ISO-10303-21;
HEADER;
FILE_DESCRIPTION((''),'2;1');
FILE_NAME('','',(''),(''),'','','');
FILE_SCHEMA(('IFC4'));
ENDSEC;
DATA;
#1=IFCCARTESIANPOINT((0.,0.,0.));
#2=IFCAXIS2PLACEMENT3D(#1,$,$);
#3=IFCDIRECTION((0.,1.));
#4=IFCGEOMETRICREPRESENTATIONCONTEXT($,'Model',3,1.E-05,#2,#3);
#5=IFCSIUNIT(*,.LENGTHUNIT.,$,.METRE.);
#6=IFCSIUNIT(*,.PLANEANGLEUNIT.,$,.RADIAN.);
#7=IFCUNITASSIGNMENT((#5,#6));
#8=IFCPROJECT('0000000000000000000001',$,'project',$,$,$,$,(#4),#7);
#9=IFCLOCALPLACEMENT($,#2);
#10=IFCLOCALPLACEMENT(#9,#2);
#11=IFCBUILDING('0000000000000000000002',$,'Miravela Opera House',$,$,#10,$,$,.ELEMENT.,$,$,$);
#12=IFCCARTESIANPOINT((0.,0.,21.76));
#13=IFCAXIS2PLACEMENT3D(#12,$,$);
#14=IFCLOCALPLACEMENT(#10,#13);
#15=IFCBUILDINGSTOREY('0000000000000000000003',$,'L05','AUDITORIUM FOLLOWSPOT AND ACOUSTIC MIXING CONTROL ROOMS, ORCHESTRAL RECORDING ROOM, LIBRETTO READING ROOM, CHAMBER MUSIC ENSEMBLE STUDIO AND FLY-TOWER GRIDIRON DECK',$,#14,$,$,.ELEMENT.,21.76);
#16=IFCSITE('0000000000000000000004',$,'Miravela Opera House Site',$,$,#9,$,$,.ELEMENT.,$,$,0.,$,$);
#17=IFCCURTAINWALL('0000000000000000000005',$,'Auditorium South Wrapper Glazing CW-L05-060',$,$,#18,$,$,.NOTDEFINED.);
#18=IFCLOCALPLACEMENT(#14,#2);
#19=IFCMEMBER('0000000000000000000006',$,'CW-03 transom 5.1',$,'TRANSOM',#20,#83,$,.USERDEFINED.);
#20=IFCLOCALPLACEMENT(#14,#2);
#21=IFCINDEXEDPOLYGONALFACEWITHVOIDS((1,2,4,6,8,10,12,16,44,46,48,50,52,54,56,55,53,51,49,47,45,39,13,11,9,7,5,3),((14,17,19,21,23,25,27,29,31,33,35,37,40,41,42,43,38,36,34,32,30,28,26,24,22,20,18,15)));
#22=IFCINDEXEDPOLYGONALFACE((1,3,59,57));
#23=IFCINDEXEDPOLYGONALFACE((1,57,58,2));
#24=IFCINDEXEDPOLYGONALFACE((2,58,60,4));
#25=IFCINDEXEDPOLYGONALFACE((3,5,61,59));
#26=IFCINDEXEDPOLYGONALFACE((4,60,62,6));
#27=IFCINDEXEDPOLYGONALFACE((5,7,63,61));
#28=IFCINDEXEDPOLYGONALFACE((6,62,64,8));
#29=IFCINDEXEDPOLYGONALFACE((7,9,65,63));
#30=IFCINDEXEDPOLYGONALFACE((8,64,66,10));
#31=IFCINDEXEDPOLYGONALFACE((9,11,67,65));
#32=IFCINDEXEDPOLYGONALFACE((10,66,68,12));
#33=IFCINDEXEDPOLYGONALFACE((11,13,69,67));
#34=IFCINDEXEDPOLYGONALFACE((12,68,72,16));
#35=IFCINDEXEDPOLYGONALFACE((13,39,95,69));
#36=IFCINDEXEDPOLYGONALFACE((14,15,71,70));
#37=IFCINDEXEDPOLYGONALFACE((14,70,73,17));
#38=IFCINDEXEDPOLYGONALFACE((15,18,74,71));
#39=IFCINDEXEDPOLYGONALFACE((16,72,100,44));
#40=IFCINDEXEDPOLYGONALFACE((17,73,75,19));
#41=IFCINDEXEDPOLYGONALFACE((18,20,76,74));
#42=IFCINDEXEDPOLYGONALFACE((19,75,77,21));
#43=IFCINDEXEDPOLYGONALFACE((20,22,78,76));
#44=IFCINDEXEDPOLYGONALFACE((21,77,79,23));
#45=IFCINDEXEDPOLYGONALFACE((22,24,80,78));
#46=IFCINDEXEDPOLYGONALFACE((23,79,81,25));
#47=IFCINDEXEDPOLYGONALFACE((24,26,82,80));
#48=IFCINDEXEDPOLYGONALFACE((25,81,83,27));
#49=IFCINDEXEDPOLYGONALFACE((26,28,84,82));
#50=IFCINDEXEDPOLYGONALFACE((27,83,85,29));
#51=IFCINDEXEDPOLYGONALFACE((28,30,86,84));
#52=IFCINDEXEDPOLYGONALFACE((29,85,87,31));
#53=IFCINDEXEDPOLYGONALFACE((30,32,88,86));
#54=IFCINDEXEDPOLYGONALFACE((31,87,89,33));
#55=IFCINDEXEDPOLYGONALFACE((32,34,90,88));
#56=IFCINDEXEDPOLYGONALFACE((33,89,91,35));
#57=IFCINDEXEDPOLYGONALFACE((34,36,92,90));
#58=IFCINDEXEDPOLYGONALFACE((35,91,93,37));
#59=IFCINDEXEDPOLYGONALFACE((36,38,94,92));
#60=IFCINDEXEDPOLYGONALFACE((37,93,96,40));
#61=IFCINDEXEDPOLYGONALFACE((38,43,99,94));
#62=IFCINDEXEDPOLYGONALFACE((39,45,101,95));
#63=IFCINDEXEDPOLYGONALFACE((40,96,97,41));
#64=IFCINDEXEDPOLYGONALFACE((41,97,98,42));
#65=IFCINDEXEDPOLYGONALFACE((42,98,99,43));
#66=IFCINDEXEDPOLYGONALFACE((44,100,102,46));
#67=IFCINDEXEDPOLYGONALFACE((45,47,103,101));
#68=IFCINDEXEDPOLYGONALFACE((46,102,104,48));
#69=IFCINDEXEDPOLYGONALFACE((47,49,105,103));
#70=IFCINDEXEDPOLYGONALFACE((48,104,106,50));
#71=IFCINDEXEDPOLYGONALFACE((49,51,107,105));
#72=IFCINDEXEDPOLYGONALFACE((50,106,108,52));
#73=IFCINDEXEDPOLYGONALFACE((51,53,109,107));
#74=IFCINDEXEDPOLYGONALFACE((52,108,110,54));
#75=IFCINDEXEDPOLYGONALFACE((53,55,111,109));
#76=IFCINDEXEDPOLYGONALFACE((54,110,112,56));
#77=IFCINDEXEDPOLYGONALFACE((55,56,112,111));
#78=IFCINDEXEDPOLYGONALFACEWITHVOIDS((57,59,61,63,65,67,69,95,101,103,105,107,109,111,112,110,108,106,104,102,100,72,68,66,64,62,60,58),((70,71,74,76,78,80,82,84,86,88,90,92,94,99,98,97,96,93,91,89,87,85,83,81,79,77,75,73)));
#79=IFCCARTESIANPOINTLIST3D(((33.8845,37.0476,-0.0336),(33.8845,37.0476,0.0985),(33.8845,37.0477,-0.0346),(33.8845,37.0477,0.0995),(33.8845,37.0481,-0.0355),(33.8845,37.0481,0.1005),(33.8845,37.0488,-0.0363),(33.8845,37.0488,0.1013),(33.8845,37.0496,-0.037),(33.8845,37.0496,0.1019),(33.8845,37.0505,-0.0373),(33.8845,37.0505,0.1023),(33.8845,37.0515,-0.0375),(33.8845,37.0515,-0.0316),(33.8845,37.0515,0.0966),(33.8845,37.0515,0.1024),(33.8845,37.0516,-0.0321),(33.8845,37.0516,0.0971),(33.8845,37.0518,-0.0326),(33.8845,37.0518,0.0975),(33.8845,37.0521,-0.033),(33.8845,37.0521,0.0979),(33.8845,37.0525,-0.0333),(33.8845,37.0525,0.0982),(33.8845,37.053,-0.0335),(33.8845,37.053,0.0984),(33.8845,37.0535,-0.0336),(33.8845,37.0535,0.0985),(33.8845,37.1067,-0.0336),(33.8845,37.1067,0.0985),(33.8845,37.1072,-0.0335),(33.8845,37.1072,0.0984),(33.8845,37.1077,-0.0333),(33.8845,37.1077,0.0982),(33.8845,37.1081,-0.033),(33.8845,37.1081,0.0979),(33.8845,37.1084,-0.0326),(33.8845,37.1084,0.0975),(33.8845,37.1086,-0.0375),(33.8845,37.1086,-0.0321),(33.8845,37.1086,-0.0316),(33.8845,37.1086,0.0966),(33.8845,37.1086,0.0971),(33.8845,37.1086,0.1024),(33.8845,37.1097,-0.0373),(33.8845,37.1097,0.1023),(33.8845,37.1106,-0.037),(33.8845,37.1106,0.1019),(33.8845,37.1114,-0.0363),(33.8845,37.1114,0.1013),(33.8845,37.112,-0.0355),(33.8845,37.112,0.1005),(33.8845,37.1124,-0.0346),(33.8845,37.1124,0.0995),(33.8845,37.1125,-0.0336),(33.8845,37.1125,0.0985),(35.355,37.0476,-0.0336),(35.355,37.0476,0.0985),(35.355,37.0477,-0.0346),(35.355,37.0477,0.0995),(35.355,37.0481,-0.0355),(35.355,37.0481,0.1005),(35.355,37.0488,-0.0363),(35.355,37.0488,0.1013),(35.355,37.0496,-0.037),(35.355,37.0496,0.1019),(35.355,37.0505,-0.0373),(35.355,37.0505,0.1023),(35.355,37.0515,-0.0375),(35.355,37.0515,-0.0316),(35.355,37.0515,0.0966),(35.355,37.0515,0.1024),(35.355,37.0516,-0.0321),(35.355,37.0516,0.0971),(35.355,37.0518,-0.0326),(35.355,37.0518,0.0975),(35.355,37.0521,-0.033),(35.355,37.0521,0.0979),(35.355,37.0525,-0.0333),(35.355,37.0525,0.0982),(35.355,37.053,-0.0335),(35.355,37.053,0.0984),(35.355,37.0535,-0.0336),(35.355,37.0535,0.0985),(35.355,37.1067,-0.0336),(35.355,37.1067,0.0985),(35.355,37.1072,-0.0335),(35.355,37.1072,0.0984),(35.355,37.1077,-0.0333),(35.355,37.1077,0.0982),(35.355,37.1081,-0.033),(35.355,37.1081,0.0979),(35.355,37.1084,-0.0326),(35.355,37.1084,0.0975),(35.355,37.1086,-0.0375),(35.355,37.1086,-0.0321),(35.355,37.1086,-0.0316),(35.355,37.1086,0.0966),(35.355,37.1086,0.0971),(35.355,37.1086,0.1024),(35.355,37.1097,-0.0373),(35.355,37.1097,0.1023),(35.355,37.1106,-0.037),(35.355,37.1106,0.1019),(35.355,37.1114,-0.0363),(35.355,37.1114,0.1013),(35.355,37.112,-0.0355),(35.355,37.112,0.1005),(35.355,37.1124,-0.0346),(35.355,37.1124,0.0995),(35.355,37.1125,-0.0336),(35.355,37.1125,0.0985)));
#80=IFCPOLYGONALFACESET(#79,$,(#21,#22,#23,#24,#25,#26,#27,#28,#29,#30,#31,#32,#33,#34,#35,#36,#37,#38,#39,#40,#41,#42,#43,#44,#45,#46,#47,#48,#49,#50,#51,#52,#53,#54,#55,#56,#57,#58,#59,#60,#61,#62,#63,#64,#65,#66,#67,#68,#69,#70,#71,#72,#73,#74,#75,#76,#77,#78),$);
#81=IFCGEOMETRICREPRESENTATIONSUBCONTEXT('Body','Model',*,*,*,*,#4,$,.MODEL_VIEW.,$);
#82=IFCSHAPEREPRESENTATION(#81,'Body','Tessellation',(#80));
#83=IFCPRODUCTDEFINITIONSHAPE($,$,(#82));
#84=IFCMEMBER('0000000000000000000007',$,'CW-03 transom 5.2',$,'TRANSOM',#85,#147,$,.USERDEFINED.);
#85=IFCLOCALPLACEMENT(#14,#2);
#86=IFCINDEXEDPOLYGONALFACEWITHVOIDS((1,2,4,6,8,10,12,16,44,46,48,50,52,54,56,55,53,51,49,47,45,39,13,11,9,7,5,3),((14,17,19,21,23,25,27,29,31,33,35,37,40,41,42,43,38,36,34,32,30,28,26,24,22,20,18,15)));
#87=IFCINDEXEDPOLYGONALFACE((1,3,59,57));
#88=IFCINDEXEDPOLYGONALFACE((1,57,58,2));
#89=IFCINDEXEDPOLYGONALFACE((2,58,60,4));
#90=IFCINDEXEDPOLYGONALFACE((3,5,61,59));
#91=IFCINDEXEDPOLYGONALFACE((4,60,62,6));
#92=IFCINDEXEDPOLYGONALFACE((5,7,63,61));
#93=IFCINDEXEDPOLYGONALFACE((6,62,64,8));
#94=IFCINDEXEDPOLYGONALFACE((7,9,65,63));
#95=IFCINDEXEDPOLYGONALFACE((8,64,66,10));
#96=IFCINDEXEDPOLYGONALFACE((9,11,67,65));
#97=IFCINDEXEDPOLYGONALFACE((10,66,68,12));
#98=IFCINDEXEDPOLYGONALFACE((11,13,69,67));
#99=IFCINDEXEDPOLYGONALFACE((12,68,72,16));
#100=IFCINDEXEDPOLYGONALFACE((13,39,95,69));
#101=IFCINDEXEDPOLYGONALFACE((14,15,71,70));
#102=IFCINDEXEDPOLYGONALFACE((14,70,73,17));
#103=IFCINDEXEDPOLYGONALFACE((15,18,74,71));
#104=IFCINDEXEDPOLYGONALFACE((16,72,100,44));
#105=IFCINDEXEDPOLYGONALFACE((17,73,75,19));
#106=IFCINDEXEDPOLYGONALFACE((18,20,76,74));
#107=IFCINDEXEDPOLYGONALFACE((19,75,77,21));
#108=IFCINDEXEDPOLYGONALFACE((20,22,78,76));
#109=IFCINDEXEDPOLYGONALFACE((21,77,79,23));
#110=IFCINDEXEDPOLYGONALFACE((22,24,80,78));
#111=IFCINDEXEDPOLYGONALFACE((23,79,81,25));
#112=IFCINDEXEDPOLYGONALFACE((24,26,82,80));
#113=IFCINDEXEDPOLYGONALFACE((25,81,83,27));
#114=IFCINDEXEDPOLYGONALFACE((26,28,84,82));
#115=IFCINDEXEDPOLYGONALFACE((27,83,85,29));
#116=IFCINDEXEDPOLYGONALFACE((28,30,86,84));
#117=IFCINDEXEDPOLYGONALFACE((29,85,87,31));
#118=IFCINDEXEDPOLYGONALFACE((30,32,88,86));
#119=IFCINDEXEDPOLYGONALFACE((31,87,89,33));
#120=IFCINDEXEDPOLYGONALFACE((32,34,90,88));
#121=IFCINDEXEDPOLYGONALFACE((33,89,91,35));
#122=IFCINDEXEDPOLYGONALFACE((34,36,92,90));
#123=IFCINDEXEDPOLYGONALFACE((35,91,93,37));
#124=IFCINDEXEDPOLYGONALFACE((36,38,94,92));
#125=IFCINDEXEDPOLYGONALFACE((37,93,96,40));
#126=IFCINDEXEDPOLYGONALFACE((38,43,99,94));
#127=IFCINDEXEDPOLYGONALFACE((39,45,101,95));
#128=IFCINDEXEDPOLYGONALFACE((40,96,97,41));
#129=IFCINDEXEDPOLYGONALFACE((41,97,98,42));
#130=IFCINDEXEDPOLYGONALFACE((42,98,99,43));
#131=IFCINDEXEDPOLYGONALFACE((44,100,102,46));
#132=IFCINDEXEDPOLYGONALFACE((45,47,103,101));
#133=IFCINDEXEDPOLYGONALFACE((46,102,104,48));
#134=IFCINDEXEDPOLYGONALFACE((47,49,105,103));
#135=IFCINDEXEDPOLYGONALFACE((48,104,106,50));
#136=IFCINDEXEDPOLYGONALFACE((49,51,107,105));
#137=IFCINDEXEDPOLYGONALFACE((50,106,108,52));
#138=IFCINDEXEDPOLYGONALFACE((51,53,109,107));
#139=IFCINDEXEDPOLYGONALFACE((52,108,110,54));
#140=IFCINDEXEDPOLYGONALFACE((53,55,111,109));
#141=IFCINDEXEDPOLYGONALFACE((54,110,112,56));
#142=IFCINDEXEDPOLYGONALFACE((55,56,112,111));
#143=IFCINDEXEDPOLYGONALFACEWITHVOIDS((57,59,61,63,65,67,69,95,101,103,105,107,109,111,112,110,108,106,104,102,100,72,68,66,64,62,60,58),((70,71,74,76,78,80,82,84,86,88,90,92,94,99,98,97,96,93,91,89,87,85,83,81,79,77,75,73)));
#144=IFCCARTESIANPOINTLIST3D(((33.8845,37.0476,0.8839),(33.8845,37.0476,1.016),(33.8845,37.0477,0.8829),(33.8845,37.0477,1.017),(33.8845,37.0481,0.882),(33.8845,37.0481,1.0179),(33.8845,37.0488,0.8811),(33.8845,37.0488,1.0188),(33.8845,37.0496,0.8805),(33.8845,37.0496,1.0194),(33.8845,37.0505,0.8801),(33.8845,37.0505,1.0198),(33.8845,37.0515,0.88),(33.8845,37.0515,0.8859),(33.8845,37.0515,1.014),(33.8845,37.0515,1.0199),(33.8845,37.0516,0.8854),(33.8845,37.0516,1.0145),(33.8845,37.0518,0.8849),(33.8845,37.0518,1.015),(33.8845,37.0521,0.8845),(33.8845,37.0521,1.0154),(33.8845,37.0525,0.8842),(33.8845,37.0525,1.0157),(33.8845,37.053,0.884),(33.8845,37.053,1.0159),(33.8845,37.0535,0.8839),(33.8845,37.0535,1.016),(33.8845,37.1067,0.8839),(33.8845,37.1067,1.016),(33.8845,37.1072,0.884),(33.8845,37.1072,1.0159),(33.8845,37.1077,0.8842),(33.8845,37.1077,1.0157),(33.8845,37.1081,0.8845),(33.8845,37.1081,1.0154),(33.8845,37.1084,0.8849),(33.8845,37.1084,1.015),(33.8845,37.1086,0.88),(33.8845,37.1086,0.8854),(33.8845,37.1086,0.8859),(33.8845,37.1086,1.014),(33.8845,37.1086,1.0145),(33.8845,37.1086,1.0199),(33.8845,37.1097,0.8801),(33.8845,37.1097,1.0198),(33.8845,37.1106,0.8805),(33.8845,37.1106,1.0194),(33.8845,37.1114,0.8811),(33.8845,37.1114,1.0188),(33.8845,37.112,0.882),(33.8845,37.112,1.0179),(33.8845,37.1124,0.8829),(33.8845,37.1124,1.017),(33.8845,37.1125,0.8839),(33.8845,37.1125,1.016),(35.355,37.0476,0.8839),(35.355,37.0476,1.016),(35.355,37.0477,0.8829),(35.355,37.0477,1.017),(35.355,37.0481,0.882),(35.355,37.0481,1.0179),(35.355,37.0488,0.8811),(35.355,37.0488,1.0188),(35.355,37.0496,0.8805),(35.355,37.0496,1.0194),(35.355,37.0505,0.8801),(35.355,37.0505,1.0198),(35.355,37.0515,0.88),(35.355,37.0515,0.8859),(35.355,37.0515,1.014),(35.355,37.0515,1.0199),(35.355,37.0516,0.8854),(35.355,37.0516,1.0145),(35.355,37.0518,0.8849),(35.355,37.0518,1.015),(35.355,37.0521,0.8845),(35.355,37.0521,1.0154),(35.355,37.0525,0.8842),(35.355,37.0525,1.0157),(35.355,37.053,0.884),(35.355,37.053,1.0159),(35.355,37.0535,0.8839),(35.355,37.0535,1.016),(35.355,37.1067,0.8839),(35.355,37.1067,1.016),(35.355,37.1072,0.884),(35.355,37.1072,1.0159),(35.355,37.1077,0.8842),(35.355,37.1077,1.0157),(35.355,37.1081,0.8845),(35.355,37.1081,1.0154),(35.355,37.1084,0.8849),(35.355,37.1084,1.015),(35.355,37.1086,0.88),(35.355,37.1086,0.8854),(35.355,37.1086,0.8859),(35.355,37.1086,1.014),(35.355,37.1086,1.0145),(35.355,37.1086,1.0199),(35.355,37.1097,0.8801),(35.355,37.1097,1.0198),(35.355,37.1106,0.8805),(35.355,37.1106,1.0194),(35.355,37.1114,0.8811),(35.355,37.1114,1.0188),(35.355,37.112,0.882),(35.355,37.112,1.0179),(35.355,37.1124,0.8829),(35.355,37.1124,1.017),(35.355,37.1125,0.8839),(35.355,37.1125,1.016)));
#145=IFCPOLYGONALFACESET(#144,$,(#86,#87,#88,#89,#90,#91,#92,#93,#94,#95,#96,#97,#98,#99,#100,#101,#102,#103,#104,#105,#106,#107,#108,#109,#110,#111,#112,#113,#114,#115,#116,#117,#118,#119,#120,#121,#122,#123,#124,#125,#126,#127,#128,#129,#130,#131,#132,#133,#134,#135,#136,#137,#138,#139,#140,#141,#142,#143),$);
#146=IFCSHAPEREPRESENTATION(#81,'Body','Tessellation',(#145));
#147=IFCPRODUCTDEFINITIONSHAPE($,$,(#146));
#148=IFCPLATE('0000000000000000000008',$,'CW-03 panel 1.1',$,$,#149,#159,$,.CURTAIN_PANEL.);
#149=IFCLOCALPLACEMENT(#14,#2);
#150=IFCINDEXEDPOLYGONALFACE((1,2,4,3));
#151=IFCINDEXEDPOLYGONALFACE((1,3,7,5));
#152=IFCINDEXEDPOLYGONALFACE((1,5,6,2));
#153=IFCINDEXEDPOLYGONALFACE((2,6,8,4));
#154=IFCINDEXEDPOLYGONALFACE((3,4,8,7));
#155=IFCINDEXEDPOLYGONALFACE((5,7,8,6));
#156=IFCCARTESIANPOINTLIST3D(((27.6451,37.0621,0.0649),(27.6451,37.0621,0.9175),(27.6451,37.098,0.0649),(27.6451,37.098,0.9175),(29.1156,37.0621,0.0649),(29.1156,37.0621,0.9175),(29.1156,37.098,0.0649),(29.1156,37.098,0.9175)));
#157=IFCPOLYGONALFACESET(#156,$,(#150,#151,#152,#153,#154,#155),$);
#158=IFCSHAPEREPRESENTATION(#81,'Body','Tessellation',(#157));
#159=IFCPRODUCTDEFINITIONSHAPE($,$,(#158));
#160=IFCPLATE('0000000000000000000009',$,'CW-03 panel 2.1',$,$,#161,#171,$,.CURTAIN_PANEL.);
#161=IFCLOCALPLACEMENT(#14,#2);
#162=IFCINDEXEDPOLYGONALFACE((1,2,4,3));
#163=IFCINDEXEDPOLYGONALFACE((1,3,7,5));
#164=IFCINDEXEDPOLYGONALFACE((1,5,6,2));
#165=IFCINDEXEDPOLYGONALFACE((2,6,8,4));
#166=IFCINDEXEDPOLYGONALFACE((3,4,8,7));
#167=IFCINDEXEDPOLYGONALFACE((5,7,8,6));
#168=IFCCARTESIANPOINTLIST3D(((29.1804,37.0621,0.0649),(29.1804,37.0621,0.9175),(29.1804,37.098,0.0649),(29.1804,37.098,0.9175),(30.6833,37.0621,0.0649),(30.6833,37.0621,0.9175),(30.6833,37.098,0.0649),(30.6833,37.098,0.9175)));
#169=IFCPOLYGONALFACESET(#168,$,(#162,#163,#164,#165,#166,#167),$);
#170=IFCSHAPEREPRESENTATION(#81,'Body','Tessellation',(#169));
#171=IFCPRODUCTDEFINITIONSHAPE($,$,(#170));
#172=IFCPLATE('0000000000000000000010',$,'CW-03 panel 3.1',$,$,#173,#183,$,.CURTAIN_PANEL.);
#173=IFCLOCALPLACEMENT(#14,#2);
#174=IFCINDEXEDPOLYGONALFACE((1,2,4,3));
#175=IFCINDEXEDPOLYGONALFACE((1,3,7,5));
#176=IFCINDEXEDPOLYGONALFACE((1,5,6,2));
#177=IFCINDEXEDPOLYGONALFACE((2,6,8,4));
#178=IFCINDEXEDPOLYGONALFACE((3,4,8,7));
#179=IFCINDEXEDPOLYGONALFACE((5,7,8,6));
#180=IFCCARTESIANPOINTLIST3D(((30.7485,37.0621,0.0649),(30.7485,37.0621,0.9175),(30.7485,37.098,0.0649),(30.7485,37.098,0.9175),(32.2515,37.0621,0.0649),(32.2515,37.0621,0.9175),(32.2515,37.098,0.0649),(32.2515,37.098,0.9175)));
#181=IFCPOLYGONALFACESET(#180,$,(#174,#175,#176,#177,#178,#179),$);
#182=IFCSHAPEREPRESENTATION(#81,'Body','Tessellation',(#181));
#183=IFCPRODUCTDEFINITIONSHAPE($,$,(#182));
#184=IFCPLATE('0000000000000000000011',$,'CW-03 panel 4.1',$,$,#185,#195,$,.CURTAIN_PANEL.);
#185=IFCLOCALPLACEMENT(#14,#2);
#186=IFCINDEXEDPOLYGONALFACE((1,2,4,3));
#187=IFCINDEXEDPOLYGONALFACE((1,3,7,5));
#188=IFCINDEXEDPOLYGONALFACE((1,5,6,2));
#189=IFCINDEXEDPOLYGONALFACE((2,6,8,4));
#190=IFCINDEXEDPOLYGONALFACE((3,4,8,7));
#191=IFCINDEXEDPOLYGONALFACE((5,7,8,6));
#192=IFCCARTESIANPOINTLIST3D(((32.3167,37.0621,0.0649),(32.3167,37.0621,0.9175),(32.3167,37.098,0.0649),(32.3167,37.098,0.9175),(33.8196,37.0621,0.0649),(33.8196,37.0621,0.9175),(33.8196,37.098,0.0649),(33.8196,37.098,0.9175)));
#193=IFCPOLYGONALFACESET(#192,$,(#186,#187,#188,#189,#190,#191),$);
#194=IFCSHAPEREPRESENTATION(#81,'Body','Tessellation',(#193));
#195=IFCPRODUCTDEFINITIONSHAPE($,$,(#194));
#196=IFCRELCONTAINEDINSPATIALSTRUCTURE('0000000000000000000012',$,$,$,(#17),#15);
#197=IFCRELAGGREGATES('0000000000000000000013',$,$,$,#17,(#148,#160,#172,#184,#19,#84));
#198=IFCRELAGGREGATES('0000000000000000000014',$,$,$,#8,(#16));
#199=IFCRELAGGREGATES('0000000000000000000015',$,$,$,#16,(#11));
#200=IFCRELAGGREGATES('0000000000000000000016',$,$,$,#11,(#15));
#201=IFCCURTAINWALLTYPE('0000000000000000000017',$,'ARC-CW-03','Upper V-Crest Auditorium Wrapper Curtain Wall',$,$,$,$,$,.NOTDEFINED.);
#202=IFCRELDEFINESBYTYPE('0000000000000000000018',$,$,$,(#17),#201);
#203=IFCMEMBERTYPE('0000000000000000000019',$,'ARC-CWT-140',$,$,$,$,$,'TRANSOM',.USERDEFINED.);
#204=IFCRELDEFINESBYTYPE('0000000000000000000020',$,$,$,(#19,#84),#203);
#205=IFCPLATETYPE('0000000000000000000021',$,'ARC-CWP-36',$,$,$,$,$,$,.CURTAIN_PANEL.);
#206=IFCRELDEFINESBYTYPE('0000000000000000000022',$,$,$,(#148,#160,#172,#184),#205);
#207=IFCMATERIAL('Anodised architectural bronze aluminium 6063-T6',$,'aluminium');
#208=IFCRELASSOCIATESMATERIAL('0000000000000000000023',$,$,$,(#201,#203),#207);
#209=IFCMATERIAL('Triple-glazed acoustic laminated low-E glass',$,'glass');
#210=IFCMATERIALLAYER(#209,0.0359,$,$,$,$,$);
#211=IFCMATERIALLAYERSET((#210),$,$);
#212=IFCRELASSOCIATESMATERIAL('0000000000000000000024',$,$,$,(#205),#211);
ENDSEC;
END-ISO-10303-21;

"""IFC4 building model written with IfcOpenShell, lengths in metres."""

from ifc_helpers import new_model, si_unit, direction, frame, origin, origin_2d, place, context, subcontext, project, spatial, rectangle, hollow_rectangle, extrude, material, layer, layer_set, material_profile, profile_set, type_object, element, aggregate, save


model = new_model("IFC4")

# Units and contexts
model_context = context("Model", 3, precision=1e-05, world=origin(), true_north=direction((0.0, 1.0)))
body_context = subcontext(model_context, "Body", "Model", "MODEL_VIEW")
ifc_project = project(units=[si_unit("LENGTHUNIT", "METRE"), si_unit("PLANEANGLEUNIT", "RADIAN")], contexts=[model_context])

# Site, building, storey
site_placement = place(None, origin())
site = spatial("IfcSite", under=ifc_project, at=site_placement, Name="Miravela Opera House Site", CompositionType="ELEMENT", RefElevation=0.0)
building_placement = place(site_placement, origin())
building = spatial("IfcBuilding", under=site, at=building_placement, Name="Miravela Opera House", CompositionType="ELEMENT")
storey_placement = place(building_placement, frame((0.0, 0.0, 21.76)))
storey = spatial("IfcBuildingStorey", under=building, at=storey_placement, Name="L05", Description="AUDITORIUM FOLLOWSPOT AND ACOUSTIC MIXING CONTROL ROOMS, ORCHESTRAL RECORDING ROOM, LIBRETTO READING ROOM, CHAMBER MUSIC ENSEMBLE STUDIO AND FLY-TOWER GRIDIRON DECK", CompositionType="ELEMENT", Elevation=21.76)

# Curtain wall, members, plates
ifc_material_1 = material(Name="Anodised architectural bronze aluminium 6063-T6", Category="aluminium")
curtain_wall_type = type_object("IfcCurtainWallType", Name="ARC-CW-03", Description="Upper V-Crest Auditorium Wrapper Curtain Wall", PredefinedType="NOTDEFINED", material=ifc_material_1)
curtain_wall_placement = place(storey_placement, origin())
curtain_wall = element("IfcCurtainWall", 1, at=curtain_wall_placement, inside=storey, type_object=curtain_wall_type, Name="Auditorium South Wrapper Glazing CW-L05-060", PredefinedType="NOTDEFINED")
ifc_material_profile_1 = material_profile(ifc_material_1, hollow_rectangle(XDim=0.0649, YDim=0.1399, WallThickness=0.0039, InnerFilletRadius=0.002, OuterFilletRadius=0.0039, at=origin_2d()), Name="CWT-65X140")
ifc_profile_set_1 = profile_set([ifc_material_profile_1])
member_type_1 = type_object("IfcMemberType", Name="ARC-CWT-140", ElementType="TRANSOM", PredefinedType="USERDEFINED", material=ifc_profile_set_1)
member_1_placement = place(storey_placement, frame((33.8845, 37.0801, 0.0325), z_axis=(1.0, 0.0, 0.0), x_axis=(0.0, 1.0, 0.0)))
member_1 = element("IfcMember", 2, at=member_1_placement, type_object=member_type_1, Name="CW-03 transom 5.1", ObjectType="TRANSOM", PredefinedType="USERDEFINED", context=body_context, shape_type="SweptSolid", body=[
    extrude(hollow_rectangle(XDim=0.0649, YDim=0.1399, WallThickness=0.0039, InnerFilletRadius=0.002, OuterFilletRadius=0.0039, at=origin_2d()), origin(), (0.0, 0.0, 1.0), 1.4705),
])
member_2_placement = place(storey_placement, frame((33.8845, 37.0801, 0.95), z_axis=(1.0, 0.0, 0.0), x_axis=(0.0, 1.0, 0.0)))
member_2 = element("IfcMember", 3, at=member_2_placement, type_object=member_type_1, Name="CW-03 transom 5.2", ObjectType="TRANSOM", PredefinedType="USERDEFINED", context=body_context, shape_type="SweptSolid", body=[
    extrude(hollow_rectangle(XDim=0.0649, YDim=0.1399, WallThickness=0.0039, InnerFilletRadius=0.002, OuterFilletRadius=0.0039, at=origin_2d()), origin(), (0.0, 0.0, 1.0), 1.4705),
])
ifc_material_2 = material(Name="Triple-glazed acoustic laminated low-E glass", Category="glass")
ifc_layer_1 = layer(ifc_material_2, 0.0359)
ifc_layer_set_1 = layer_set([ifc_layer_1])
plate_type = type_object("IfcPlateType", Name="ARC-CWP-36", PredefinedType="CURTAIN_PANEL", material=ifc_layer_set_1)
plate_1_placement = place(storey_placement, frame((28.3804, 37.0801, 0.0649), z_axis=(0.0, 0.0, 1.0), x_axis=(1.0, 0.0, 0.0)))
plate_1 = element("IfcPlate", 4, at=plate_1_placement, type_object=plate_type, Name="CW-03 panel 1.1", PredefinedType="CURTAIN_PANEL", context=body_context, shape_type="SweptSolid", body=[
    extrude(rectangle(XDim=1.4705, YDim=0.0359, at=origin_2d()), origin(), (0.0, 0.0, 1.0), 0.8525),
])
plate_2_placement = place(storey_placement, frame((29.9319, 37.0801, 0.0649), z_axis=(0.0, 0.0, 1.0), x_axis=(1.0, 0.0, 0.0)))
plate_2 = element("IfcPlate", 5, at=plate_2_placement, type_object=plate_type, Name="CW-03 panel 2.1", PredefinedType="CURTAIN_PANEL", context=body_context, shape_type="SweptSolid", body=[
    extrude(rectangle(XDim=1.5029, YDim=0.0359, at=origin_2d()), origin(), (0.0, 0.0, 1.0), 0.8525),
])
plate_3_placement = place(storey_placement, frame((31.5, 37.0801, 0.0649), z_axis=(0.0, 0.0, 1.0), x_axis=(1.0, 0.0, 0.0)))
plate_3 = element("IfcPlate", 6, at=plate_3_placement, type_object=plate_type, Name="CW-03 panel 3.1", PredefinedType="CURTAIN_PANEL", context=body_context, shape_type="SweptSolid", body=[
    extrude(rectangle(XDim=1.5029, YDim=0.0359, at=origin_2d()), origin(), (0.0, 0.0, 1.0), 0.8525),
])
plate_4_placement = place(storey_placement, frame((33.0681, 37.0801, 0.0649), z_axis=(0.0, 0.0, 1.0), x_axis=(1.0, 0.0, 0.0)))
plate_4 = element("IfcPlate", 7, at=plate_4_placement, type_object=plate_type, Name="CW-03 panel 4.1", PredefinedType="CURTAIN_PANEL", context=body_context, shape_type="SweptSolid", body=[
    extrude(rectangle(XDim=1.5029, YDim=0.0359, at=origin_2d()), origin(), (0.0, 0.0, 1.0), 0.8525),
])
aggregate(curtain_wall, [plate_1, plate_2, plate_3, plate_4, member_1, member_2])

save(model, "model.ifc")
